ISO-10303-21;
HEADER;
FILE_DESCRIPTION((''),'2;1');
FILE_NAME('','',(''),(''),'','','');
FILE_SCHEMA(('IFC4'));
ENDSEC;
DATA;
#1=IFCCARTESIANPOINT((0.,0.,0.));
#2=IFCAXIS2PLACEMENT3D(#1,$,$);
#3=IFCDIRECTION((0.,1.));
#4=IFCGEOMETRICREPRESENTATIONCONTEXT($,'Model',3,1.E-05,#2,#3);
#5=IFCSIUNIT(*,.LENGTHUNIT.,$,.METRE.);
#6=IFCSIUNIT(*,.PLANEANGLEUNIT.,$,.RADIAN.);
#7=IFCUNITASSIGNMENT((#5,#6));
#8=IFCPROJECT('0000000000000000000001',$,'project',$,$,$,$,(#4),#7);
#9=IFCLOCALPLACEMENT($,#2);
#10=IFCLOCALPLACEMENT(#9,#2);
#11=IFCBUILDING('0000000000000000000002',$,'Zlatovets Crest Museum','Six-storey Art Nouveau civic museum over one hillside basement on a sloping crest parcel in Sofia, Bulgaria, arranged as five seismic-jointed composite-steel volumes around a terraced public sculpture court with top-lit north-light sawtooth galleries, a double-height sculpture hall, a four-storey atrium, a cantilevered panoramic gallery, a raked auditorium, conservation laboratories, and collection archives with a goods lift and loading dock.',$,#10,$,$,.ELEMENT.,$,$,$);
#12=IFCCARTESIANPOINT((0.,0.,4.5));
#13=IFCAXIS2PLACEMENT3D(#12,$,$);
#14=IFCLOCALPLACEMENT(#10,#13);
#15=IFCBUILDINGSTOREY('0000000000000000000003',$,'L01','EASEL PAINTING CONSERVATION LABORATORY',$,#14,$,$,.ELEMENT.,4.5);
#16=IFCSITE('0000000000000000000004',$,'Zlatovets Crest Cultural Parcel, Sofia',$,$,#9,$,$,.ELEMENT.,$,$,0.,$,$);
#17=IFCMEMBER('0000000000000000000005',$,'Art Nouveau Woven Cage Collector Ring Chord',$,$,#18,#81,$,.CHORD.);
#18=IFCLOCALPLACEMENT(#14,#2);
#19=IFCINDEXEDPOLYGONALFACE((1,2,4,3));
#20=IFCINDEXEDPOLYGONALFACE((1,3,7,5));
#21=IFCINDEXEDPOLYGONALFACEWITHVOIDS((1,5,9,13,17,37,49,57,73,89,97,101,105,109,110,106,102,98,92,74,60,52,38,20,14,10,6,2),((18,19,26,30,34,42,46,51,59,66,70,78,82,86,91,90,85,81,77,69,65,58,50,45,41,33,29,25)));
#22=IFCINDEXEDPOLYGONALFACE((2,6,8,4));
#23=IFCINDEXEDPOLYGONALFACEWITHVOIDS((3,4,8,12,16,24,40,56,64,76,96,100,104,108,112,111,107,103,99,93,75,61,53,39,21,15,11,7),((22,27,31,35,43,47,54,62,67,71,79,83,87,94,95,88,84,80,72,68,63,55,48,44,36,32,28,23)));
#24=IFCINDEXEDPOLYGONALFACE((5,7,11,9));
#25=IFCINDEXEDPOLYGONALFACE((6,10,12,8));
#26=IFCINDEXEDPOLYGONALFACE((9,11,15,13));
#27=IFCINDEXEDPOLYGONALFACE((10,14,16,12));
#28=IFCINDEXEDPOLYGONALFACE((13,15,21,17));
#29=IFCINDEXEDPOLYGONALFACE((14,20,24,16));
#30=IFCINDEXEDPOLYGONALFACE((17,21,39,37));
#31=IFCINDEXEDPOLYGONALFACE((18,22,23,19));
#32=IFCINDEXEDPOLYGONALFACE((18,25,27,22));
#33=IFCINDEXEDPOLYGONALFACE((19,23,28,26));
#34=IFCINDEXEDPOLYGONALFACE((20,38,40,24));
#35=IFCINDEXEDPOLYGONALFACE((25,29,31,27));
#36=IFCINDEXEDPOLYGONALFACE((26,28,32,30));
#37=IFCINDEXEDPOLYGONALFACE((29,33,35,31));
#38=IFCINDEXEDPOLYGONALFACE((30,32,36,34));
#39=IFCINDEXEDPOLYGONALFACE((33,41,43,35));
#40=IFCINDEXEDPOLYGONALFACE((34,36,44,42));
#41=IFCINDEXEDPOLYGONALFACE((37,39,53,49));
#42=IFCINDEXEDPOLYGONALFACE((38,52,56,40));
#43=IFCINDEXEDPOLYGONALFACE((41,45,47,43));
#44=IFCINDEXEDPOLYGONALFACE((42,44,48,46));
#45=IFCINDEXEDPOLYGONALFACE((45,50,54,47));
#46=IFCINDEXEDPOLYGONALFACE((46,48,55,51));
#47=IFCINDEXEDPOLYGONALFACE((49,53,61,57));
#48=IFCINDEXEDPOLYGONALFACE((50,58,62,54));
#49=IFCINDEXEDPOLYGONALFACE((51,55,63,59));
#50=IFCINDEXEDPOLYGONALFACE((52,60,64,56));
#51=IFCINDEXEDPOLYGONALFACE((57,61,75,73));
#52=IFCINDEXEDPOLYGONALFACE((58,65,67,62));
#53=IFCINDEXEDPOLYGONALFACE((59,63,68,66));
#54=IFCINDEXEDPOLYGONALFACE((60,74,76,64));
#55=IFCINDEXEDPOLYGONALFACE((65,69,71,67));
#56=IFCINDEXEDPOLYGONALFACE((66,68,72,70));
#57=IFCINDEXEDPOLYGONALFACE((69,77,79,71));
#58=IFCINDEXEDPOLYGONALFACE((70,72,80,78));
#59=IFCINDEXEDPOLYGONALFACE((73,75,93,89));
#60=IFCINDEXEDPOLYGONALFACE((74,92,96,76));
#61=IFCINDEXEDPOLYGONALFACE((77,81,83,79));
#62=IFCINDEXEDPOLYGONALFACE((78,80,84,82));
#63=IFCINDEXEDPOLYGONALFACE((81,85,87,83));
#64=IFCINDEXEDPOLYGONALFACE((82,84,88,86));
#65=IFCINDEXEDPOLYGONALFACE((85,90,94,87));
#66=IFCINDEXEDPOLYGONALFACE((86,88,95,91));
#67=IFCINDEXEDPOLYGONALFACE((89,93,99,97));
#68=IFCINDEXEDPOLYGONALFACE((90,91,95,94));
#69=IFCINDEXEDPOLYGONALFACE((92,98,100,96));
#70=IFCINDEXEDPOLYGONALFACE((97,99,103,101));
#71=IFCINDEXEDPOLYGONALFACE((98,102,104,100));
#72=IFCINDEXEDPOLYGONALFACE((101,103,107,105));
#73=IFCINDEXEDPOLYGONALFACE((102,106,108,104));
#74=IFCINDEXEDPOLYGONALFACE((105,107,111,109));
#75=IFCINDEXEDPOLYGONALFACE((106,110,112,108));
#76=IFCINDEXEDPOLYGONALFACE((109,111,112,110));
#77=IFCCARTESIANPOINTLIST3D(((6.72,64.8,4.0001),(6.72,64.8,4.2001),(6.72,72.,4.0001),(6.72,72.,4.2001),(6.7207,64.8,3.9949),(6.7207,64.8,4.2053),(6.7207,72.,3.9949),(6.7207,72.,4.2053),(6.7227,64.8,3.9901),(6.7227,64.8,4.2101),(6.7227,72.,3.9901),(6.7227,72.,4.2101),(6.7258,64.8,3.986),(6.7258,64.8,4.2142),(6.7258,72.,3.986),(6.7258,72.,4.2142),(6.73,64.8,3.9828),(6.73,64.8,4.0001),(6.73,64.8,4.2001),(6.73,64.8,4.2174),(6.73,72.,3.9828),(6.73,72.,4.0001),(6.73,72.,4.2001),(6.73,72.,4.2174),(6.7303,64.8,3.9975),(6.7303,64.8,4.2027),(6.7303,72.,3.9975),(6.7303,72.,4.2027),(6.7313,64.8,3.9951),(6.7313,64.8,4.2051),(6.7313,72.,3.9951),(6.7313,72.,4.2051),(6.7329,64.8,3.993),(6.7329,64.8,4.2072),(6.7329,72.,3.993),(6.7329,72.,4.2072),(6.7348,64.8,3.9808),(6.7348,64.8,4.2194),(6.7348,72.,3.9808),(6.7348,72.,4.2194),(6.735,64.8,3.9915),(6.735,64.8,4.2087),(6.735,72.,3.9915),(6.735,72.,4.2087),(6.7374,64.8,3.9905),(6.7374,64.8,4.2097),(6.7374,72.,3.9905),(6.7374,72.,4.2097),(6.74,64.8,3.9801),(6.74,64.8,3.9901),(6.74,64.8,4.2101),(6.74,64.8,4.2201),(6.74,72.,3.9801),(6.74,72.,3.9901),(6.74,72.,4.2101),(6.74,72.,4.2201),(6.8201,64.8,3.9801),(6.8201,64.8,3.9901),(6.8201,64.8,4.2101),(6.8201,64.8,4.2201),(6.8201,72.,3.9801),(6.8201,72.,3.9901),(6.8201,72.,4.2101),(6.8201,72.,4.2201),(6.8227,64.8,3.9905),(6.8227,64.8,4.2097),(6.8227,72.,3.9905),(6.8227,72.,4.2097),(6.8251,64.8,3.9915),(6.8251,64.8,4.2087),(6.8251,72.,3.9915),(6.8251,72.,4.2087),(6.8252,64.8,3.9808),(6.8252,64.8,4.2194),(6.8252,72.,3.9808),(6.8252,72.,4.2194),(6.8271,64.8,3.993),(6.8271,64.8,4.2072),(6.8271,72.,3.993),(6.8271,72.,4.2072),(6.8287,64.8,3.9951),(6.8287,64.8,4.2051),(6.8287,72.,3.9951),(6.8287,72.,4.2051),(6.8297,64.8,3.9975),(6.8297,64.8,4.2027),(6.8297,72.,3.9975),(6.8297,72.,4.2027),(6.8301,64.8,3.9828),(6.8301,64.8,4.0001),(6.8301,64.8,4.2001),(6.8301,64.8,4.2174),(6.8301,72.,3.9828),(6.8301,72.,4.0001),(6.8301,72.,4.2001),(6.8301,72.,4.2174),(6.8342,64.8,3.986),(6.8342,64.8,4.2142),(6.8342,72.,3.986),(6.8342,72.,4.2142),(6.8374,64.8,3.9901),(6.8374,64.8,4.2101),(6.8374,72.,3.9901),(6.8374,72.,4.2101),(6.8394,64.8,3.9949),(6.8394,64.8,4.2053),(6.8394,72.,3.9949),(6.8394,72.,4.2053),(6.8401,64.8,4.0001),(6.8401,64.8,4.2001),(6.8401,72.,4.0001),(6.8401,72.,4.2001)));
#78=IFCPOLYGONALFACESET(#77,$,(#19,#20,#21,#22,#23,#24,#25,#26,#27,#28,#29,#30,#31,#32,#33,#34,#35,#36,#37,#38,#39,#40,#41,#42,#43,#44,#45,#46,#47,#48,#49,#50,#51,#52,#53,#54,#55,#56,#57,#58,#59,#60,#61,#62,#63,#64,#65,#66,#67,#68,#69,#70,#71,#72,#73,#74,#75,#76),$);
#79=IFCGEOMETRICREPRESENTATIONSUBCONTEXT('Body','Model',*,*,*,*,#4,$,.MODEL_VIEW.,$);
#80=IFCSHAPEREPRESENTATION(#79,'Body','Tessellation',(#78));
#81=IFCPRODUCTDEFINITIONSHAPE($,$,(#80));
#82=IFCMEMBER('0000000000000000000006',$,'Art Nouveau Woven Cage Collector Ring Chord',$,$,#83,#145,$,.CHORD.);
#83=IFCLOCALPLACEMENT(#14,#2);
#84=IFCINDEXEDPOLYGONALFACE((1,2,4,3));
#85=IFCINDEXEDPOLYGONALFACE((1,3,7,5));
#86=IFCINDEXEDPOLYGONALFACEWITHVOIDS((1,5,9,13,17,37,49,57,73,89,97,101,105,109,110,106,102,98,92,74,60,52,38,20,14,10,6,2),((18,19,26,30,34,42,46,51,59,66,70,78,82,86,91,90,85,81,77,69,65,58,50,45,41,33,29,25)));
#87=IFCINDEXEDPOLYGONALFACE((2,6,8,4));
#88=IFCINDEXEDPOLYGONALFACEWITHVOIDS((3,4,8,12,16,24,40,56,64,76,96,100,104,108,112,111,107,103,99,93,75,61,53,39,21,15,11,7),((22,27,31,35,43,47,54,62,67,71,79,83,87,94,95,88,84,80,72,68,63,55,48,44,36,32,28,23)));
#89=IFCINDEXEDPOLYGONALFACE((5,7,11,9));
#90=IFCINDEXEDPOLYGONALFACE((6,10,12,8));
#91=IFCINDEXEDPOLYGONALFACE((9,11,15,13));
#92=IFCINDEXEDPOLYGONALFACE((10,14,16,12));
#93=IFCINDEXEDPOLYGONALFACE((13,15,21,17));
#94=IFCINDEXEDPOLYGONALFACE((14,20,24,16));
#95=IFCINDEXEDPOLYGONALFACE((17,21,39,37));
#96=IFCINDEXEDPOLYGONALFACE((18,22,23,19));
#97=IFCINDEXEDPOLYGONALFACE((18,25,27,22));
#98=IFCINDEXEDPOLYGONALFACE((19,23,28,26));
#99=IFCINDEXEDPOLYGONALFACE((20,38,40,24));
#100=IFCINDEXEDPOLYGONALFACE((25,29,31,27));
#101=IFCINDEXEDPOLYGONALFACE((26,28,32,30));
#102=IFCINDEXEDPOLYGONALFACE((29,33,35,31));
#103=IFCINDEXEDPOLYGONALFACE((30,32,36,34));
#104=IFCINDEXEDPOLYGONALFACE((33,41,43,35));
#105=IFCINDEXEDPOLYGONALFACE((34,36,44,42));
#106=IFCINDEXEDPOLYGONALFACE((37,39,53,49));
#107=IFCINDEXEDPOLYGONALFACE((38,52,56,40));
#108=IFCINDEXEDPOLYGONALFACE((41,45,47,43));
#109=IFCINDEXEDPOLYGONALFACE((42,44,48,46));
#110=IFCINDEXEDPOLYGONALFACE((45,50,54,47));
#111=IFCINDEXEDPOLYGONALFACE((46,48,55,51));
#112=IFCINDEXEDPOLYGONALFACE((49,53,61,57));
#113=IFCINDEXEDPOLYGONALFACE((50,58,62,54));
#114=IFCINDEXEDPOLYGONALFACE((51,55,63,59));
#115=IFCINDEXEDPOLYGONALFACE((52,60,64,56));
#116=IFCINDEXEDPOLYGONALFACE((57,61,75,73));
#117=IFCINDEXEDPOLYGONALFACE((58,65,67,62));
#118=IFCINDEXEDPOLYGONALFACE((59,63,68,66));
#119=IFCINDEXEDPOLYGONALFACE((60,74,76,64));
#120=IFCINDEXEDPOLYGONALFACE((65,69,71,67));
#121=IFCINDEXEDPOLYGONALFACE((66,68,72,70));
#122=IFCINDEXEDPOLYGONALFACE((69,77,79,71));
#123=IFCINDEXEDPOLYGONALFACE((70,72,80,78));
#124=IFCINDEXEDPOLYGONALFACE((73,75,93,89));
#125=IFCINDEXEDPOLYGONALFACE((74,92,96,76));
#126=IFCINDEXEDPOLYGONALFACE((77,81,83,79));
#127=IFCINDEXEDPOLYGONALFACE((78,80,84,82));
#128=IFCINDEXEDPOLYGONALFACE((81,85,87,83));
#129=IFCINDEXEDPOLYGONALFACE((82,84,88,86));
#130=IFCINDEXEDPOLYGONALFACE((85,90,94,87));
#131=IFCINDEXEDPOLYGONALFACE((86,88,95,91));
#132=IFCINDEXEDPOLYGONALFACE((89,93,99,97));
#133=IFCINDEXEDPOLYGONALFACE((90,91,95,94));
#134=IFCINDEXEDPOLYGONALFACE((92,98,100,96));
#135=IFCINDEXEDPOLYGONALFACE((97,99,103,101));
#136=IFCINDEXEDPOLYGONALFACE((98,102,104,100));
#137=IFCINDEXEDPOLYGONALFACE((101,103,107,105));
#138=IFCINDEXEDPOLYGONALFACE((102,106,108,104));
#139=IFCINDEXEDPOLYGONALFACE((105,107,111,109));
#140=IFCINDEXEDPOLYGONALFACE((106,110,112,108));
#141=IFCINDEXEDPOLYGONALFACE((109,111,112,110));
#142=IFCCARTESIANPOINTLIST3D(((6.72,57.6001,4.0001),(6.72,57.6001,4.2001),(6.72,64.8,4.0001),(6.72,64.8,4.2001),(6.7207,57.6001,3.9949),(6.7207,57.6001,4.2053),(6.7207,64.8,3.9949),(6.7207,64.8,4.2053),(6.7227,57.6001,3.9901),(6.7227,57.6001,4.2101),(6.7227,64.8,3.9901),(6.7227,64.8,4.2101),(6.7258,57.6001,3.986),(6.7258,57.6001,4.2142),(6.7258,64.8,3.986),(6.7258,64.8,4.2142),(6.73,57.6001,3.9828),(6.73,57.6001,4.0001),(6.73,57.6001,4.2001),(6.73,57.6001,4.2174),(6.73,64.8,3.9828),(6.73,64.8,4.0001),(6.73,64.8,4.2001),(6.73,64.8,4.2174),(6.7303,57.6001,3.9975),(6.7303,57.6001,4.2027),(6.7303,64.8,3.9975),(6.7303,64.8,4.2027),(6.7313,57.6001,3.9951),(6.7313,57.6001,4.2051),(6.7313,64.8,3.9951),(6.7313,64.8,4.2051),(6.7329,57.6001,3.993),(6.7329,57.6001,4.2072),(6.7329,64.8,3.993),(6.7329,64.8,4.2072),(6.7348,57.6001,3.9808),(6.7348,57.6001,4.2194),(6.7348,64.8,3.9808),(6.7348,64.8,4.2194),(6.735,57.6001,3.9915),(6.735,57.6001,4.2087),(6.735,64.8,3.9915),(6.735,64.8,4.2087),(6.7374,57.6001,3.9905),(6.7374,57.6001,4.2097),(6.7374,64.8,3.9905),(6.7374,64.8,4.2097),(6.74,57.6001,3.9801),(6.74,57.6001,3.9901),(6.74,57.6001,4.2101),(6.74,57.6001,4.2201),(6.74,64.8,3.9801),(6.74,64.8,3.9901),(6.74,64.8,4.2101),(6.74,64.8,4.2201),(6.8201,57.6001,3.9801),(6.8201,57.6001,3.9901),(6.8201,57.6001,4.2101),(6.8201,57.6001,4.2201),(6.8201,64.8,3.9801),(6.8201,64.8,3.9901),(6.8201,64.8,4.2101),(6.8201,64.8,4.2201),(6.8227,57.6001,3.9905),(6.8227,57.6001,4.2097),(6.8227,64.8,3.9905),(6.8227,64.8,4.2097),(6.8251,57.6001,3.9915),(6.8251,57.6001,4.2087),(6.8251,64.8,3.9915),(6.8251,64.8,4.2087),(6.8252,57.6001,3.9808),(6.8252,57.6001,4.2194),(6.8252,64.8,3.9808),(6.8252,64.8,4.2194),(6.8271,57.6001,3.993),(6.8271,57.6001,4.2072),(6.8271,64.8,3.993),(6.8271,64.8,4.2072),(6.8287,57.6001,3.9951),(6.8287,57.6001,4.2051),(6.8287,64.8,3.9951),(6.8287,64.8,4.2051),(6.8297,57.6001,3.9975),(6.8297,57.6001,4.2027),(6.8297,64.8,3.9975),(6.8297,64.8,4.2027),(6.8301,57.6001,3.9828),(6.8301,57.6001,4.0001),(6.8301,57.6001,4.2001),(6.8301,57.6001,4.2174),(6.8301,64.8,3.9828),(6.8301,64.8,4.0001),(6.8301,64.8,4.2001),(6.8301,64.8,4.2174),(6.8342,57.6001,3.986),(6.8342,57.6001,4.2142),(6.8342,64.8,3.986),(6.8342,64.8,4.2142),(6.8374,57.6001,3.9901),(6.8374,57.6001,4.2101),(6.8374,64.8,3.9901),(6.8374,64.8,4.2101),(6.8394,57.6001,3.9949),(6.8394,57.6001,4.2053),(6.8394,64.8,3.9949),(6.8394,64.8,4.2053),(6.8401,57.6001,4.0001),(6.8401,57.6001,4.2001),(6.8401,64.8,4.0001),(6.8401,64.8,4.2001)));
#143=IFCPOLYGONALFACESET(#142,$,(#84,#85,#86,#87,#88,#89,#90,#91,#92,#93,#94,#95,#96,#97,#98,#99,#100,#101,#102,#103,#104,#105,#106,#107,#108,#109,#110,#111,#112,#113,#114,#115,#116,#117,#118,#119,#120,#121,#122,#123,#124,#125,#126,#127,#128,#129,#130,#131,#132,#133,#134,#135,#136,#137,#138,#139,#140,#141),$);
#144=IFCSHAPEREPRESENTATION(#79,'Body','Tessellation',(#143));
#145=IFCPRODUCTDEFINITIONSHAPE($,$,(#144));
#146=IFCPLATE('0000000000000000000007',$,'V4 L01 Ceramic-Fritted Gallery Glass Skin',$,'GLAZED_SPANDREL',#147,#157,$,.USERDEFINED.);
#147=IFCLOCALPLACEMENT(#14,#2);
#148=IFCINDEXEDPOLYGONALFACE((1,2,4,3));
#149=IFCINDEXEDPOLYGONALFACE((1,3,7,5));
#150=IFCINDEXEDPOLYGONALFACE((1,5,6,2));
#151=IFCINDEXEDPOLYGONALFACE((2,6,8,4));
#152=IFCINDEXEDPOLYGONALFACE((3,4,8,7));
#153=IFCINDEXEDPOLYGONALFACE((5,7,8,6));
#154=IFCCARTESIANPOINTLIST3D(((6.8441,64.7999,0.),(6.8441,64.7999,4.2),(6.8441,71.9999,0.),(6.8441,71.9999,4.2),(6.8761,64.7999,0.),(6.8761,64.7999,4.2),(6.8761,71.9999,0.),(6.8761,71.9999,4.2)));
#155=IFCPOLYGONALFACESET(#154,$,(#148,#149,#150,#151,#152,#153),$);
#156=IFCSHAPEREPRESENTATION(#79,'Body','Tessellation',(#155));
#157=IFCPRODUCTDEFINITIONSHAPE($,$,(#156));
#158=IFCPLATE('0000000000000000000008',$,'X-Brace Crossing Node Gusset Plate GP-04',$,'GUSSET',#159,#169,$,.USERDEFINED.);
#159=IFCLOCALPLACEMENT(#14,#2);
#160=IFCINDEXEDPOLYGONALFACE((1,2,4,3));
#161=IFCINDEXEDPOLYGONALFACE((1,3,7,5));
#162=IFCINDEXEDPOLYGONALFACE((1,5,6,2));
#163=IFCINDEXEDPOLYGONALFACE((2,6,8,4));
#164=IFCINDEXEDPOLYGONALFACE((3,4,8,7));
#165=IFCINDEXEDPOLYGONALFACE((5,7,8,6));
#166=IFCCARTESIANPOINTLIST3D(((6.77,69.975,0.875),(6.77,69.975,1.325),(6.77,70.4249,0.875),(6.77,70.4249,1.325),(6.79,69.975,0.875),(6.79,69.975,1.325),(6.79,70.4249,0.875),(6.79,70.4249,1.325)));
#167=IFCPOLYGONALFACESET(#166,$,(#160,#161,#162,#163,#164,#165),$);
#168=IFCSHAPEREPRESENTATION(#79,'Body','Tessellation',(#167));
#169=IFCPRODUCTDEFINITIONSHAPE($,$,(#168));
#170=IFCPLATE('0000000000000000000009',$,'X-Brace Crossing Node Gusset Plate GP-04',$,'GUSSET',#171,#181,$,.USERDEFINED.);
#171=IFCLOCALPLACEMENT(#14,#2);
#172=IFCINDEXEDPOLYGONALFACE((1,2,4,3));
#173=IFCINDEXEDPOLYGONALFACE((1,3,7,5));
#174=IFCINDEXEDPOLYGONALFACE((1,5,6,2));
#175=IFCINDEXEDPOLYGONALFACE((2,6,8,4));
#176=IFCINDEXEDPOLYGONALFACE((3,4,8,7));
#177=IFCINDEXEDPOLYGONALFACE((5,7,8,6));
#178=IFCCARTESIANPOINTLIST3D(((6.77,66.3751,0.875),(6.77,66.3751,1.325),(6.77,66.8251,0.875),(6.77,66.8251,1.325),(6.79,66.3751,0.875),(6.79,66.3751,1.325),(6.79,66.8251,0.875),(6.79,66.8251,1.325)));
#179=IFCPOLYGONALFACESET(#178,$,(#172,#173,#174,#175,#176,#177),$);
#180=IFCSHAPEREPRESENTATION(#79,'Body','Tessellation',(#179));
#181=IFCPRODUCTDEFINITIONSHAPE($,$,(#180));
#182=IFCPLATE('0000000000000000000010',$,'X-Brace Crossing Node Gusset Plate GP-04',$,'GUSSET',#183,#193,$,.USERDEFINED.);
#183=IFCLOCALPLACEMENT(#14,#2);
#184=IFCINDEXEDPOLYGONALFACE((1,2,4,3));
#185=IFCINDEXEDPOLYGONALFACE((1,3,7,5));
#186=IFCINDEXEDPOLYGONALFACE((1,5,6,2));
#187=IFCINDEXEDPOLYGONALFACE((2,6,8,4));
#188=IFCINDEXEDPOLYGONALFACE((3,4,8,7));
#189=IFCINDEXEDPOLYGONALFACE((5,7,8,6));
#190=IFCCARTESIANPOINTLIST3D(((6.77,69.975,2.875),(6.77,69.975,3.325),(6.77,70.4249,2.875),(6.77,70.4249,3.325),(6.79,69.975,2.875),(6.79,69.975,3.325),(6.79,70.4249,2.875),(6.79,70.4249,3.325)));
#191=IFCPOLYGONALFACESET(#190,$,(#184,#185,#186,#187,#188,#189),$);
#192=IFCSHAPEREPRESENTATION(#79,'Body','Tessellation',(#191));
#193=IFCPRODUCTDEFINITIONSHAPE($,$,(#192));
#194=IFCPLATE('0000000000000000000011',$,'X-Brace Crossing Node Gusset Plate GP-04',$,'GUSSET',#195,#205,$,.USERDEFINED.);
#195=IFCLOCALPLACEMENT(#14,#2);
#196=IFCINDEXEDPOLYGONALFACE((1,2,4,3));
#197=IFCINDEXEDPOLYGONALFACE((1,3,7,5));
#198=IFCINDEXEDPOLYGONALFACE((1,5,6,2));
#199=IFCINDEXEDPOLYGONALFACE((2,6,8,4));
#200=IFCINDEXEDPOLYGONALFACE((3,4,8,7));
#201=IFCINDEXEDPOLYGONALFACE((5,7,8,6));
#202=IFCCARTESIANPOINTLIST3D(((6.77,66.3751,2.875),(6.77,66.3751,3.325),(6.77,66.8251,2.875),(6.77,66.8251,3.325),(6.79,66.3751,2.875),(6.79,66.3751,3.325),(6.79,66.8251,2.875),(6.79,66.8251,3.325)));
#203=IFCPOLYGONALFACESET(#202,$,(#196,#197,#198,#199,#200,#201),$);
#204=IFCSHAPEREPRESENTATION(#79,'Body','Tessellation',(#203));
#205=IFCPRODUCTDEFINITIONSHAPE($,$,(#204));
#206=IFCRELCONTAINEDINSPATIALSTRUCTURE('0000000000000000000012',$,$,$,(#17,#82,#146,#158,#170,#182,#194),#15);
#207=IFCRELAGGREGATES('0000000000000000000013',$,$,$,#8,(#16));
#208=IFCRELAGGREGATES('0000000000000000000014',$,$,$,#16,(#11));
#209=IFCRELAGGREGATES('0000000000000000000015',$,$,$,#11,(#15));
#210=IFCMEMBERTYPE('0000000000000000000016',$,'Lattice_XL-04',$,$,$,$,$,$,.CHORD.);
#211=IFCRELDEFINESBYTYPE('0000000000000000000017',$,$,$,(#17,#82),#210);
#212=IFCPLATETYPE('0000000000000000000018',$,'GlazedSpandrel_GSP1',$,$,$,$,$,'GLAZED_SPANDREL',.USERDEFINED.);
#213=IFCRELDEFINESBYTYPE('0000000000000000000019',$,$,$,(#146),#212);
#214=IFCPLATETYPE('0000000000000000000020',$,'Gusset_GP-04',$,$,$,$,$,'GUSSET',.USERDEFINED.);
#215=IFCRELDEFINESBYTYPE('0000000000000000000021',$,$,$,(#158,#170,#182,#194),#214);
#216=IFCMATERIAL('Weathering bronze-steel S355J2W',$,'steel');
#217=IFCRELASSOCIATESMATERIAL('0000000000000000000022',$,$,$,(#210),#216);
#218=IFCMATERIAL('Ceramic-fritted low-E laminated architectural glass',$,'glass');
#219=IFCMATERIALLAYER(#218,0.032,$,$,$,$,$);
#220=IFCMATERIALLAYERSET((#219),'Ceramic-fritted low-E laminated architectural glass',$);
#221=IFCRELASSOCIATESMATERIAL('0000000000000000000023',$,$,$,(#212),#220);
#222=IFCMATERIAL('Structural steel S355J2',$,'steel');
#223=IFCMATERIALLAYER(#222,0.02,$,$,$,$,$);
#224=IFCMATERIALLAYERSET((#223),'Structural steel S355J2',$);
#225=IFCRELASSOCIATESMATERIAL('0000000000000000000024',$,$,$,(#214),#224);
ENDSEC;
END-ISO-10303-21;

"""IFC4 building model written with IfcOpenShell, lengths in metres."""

from ifc_helpers import new_model, si_unit, direction, frame, origin, origin_2d, place, context, subcontext, project, spatial, rectangle, hollow_rectangle, extrude, material, layer, layer_set, material_profile, profile_set, type_object, element, save


model = new_model("IFC4")

# Units and contexts
model_context = context("Model", 3, precision=1e-05, world=origin(), true_north=direction((0.0, 1.0)))
body_context = subcontext(model_context, "Body", "Model", "MODEL_VIEW")
ifc_project = project(units=[si_unit("LENGTHUNIT", "METRE"), si_unit("PLANEANGLEUNIT", "RADIAN")], contexts=[model_context])

# Site, building, storey
site_placement = place(None, origin())
site = spatial("IfcSite", under=ifc_project, at=site_placement, Name="Zlatovets Crest Cultural Parcel, Sofia", CompositionType="ELEMENT", RefElevation=0.0)
building_placement = place(site_placement, origin())
building = spatial("IfcBuilding", under=site, at=building_placement, Name="Zlatovets Crest Museum", Description="Six-storey Art Nouveau civic museum over one hillside basement on a sloping crest parcel in Sofia, Bulgaria, arranged as five seismic-jointed composite-steel volumes around a terraced public sculpture court with top-lit north-light sawtooth galleries, a double-height sculpture hall, a four-storey atrium, a cantilevered panoramic gallery, a raked auditorium, conservation laboratories, and collection archives with a goods lift and loading dock.", CompositionType="ELEMENT")
storey_placement = place(building_placement, frame((0.0, 0.0, 4.5)))
storey = spatial("IfcBuildingStorey", under=building, at=storey_placement, Name="L01", Description="EASEL PAINTING CONSERVATION LABORATORY", CompositionType="ELEMENT", Elevation=4.5)

# Shared definitions
ifc_material_1 = material(Name="Structural steel S355J2", Category="steel")

# Members
ifc_material_2 = material(Name="Weathering bronze-steel S355J2W", Category="steel")
ifc_material_profile_1 = material_profile(ifc_material_2, hollow_rectangle(XDim=0.1201, YDim=0.24, WallThickness=0.01, InnerFilletRadius=0.01, OuterFilletRadius=0.02, at=origin_2d()), Name="RHS 120x240x10.0")
ifc_profile_set_1 = profile_set([ifc_material_profile_1], Name="Weathering bronze-steel S355J2W")
member_type_1 = type_object("IfcMemberType", Name="Lattice_XL-04", PredefinedType="CHORD", material=ifc_profile_set_1)
for number, where, z_axis, x_axis, name in (
    (1, (6.78, 72.0, 4.1001), (0.0, -1.0, 0.0), (1.0, 0.0, 0.0), "Art Nouveau Woven Cage Collector Ring Chord"),
    (2, (6.78, 64.8, 4.1001), (0.0, -1.0, 0.0), (1.0, 0.0, 0.0), "Art Nouveau Woven Cage Collector Ring Chord"),
):
    element("IfcMember", number, at=place(storey_placement, frame(where, z_axis=z_axis, x_axis=x_axis)), inside=storey, type_object=member_type_1, Name=name, PredefinedType="CHORD", context=body_context, shape_type="SweptSolid", body=[
        extrude(hollow_rectangle(XDim=0.1201, YDim=0.24, WallThickness=0.01, InnerFilletRadius=0.01, OuterFilletRadius=0.02, at=origin_2d()), origin(), (0.0, 0.0, 1.0), 7.2),
    ])

# Plates
ifc_material_3 = material(Name="Ceramic-fritted low-E laminated architectural glass", Category="glass")
ifc_layer_1 = layer(ifc_material_3, 0.032)
ifc_layer_set_1 = layer_set([ifc_layer_1], Name="Ceramic-fritted low-E laminated architectural glass")
plate_type_1 = type_object("IfcPlateType", Name="GlazedSpandrel_GSP1", ElementType="GLAZED_SPANDREL", PredefinedType="USERDEFINED", material=ifc_layer_set_1)
plate_placement = place(storey_placement, frame((6.8601, 68.3999, 0.0), z_axis=(0.0, 0.0, 1.0), x_axis=(0.0, 1.0, 0.0)))
element("IfcPlate", 3, at=plate_placement, inside=storey, type_object=plate_type_1, Name="V4 L01 Ceramic-Fritted Gallery Glass Skin", ObjectType="GLAZED_SPANDREL", PredefinedType="USERDEFINED", context=body_context, shape_type="SweptSolid", body=[
    extrude(rectangle(XDim=7.2, YDim=0.032, at=origin_2d()), origin(), (0.0, 0.0, 1.0), 4.2),
])
ifc_layer_2 = layer(ifc_material_1, 0.02)
ifc_layer_set_2 = layer_set([ifc_layer_2], Name="Structural steel S355J2")
plate_type_2 = type_object("IfcPlateType", Name="Gusset_GP-04", ElementType="GUSSET", PredefinedType="USERDEFINED", material=ifc_layer_set_2)
for number, where, z_axis, x_axis, name in (
    (4, (6.78, 70.2, 0.875), (0.0, 0.0, 1.0), (1.0, 0.0, 0.0), "X-Brace Crossing Node Gusset Plate GP-04"),
    (5, (6.78, 66.6001, 0.875), (0.0, 0.0, 1.0), (1.0, 0.0, 0.0), "X-Brace Crossing Node Gusset Plate GP-04"),
    (6, (6.78, 70.2, 2.875), (0.0, 0.0, 1.0), (1.0, 0.0, 0.0), "X-Brace Crossing Node Gusset Plate GP-04"),
    (7, (6.78, 66.6001, 2.875), (0.0, 0.0, 1.0), (1.0, 0.0, 0.0), "X-Brace Crossing Node Gusset Plate GP-04"),
):
    element("IfcPlate", number, at=place(storey_placement, frame(where, z_axis=z_axis, x_axis=x_axis)), inside=storey, type_object=plate_type_2, Name=name, ObjectType="GUSSET", PredefinedType="USERDEFINED", context=body_context, shape_type="SweptSolid", body=[
        extrude(rectangle(XDim=0.02, YDim=0.45, at=origin_2d()), origin(), (0.0, 0.0, 1.0), 0.45),
    ])

save(model, "model.ifc")
